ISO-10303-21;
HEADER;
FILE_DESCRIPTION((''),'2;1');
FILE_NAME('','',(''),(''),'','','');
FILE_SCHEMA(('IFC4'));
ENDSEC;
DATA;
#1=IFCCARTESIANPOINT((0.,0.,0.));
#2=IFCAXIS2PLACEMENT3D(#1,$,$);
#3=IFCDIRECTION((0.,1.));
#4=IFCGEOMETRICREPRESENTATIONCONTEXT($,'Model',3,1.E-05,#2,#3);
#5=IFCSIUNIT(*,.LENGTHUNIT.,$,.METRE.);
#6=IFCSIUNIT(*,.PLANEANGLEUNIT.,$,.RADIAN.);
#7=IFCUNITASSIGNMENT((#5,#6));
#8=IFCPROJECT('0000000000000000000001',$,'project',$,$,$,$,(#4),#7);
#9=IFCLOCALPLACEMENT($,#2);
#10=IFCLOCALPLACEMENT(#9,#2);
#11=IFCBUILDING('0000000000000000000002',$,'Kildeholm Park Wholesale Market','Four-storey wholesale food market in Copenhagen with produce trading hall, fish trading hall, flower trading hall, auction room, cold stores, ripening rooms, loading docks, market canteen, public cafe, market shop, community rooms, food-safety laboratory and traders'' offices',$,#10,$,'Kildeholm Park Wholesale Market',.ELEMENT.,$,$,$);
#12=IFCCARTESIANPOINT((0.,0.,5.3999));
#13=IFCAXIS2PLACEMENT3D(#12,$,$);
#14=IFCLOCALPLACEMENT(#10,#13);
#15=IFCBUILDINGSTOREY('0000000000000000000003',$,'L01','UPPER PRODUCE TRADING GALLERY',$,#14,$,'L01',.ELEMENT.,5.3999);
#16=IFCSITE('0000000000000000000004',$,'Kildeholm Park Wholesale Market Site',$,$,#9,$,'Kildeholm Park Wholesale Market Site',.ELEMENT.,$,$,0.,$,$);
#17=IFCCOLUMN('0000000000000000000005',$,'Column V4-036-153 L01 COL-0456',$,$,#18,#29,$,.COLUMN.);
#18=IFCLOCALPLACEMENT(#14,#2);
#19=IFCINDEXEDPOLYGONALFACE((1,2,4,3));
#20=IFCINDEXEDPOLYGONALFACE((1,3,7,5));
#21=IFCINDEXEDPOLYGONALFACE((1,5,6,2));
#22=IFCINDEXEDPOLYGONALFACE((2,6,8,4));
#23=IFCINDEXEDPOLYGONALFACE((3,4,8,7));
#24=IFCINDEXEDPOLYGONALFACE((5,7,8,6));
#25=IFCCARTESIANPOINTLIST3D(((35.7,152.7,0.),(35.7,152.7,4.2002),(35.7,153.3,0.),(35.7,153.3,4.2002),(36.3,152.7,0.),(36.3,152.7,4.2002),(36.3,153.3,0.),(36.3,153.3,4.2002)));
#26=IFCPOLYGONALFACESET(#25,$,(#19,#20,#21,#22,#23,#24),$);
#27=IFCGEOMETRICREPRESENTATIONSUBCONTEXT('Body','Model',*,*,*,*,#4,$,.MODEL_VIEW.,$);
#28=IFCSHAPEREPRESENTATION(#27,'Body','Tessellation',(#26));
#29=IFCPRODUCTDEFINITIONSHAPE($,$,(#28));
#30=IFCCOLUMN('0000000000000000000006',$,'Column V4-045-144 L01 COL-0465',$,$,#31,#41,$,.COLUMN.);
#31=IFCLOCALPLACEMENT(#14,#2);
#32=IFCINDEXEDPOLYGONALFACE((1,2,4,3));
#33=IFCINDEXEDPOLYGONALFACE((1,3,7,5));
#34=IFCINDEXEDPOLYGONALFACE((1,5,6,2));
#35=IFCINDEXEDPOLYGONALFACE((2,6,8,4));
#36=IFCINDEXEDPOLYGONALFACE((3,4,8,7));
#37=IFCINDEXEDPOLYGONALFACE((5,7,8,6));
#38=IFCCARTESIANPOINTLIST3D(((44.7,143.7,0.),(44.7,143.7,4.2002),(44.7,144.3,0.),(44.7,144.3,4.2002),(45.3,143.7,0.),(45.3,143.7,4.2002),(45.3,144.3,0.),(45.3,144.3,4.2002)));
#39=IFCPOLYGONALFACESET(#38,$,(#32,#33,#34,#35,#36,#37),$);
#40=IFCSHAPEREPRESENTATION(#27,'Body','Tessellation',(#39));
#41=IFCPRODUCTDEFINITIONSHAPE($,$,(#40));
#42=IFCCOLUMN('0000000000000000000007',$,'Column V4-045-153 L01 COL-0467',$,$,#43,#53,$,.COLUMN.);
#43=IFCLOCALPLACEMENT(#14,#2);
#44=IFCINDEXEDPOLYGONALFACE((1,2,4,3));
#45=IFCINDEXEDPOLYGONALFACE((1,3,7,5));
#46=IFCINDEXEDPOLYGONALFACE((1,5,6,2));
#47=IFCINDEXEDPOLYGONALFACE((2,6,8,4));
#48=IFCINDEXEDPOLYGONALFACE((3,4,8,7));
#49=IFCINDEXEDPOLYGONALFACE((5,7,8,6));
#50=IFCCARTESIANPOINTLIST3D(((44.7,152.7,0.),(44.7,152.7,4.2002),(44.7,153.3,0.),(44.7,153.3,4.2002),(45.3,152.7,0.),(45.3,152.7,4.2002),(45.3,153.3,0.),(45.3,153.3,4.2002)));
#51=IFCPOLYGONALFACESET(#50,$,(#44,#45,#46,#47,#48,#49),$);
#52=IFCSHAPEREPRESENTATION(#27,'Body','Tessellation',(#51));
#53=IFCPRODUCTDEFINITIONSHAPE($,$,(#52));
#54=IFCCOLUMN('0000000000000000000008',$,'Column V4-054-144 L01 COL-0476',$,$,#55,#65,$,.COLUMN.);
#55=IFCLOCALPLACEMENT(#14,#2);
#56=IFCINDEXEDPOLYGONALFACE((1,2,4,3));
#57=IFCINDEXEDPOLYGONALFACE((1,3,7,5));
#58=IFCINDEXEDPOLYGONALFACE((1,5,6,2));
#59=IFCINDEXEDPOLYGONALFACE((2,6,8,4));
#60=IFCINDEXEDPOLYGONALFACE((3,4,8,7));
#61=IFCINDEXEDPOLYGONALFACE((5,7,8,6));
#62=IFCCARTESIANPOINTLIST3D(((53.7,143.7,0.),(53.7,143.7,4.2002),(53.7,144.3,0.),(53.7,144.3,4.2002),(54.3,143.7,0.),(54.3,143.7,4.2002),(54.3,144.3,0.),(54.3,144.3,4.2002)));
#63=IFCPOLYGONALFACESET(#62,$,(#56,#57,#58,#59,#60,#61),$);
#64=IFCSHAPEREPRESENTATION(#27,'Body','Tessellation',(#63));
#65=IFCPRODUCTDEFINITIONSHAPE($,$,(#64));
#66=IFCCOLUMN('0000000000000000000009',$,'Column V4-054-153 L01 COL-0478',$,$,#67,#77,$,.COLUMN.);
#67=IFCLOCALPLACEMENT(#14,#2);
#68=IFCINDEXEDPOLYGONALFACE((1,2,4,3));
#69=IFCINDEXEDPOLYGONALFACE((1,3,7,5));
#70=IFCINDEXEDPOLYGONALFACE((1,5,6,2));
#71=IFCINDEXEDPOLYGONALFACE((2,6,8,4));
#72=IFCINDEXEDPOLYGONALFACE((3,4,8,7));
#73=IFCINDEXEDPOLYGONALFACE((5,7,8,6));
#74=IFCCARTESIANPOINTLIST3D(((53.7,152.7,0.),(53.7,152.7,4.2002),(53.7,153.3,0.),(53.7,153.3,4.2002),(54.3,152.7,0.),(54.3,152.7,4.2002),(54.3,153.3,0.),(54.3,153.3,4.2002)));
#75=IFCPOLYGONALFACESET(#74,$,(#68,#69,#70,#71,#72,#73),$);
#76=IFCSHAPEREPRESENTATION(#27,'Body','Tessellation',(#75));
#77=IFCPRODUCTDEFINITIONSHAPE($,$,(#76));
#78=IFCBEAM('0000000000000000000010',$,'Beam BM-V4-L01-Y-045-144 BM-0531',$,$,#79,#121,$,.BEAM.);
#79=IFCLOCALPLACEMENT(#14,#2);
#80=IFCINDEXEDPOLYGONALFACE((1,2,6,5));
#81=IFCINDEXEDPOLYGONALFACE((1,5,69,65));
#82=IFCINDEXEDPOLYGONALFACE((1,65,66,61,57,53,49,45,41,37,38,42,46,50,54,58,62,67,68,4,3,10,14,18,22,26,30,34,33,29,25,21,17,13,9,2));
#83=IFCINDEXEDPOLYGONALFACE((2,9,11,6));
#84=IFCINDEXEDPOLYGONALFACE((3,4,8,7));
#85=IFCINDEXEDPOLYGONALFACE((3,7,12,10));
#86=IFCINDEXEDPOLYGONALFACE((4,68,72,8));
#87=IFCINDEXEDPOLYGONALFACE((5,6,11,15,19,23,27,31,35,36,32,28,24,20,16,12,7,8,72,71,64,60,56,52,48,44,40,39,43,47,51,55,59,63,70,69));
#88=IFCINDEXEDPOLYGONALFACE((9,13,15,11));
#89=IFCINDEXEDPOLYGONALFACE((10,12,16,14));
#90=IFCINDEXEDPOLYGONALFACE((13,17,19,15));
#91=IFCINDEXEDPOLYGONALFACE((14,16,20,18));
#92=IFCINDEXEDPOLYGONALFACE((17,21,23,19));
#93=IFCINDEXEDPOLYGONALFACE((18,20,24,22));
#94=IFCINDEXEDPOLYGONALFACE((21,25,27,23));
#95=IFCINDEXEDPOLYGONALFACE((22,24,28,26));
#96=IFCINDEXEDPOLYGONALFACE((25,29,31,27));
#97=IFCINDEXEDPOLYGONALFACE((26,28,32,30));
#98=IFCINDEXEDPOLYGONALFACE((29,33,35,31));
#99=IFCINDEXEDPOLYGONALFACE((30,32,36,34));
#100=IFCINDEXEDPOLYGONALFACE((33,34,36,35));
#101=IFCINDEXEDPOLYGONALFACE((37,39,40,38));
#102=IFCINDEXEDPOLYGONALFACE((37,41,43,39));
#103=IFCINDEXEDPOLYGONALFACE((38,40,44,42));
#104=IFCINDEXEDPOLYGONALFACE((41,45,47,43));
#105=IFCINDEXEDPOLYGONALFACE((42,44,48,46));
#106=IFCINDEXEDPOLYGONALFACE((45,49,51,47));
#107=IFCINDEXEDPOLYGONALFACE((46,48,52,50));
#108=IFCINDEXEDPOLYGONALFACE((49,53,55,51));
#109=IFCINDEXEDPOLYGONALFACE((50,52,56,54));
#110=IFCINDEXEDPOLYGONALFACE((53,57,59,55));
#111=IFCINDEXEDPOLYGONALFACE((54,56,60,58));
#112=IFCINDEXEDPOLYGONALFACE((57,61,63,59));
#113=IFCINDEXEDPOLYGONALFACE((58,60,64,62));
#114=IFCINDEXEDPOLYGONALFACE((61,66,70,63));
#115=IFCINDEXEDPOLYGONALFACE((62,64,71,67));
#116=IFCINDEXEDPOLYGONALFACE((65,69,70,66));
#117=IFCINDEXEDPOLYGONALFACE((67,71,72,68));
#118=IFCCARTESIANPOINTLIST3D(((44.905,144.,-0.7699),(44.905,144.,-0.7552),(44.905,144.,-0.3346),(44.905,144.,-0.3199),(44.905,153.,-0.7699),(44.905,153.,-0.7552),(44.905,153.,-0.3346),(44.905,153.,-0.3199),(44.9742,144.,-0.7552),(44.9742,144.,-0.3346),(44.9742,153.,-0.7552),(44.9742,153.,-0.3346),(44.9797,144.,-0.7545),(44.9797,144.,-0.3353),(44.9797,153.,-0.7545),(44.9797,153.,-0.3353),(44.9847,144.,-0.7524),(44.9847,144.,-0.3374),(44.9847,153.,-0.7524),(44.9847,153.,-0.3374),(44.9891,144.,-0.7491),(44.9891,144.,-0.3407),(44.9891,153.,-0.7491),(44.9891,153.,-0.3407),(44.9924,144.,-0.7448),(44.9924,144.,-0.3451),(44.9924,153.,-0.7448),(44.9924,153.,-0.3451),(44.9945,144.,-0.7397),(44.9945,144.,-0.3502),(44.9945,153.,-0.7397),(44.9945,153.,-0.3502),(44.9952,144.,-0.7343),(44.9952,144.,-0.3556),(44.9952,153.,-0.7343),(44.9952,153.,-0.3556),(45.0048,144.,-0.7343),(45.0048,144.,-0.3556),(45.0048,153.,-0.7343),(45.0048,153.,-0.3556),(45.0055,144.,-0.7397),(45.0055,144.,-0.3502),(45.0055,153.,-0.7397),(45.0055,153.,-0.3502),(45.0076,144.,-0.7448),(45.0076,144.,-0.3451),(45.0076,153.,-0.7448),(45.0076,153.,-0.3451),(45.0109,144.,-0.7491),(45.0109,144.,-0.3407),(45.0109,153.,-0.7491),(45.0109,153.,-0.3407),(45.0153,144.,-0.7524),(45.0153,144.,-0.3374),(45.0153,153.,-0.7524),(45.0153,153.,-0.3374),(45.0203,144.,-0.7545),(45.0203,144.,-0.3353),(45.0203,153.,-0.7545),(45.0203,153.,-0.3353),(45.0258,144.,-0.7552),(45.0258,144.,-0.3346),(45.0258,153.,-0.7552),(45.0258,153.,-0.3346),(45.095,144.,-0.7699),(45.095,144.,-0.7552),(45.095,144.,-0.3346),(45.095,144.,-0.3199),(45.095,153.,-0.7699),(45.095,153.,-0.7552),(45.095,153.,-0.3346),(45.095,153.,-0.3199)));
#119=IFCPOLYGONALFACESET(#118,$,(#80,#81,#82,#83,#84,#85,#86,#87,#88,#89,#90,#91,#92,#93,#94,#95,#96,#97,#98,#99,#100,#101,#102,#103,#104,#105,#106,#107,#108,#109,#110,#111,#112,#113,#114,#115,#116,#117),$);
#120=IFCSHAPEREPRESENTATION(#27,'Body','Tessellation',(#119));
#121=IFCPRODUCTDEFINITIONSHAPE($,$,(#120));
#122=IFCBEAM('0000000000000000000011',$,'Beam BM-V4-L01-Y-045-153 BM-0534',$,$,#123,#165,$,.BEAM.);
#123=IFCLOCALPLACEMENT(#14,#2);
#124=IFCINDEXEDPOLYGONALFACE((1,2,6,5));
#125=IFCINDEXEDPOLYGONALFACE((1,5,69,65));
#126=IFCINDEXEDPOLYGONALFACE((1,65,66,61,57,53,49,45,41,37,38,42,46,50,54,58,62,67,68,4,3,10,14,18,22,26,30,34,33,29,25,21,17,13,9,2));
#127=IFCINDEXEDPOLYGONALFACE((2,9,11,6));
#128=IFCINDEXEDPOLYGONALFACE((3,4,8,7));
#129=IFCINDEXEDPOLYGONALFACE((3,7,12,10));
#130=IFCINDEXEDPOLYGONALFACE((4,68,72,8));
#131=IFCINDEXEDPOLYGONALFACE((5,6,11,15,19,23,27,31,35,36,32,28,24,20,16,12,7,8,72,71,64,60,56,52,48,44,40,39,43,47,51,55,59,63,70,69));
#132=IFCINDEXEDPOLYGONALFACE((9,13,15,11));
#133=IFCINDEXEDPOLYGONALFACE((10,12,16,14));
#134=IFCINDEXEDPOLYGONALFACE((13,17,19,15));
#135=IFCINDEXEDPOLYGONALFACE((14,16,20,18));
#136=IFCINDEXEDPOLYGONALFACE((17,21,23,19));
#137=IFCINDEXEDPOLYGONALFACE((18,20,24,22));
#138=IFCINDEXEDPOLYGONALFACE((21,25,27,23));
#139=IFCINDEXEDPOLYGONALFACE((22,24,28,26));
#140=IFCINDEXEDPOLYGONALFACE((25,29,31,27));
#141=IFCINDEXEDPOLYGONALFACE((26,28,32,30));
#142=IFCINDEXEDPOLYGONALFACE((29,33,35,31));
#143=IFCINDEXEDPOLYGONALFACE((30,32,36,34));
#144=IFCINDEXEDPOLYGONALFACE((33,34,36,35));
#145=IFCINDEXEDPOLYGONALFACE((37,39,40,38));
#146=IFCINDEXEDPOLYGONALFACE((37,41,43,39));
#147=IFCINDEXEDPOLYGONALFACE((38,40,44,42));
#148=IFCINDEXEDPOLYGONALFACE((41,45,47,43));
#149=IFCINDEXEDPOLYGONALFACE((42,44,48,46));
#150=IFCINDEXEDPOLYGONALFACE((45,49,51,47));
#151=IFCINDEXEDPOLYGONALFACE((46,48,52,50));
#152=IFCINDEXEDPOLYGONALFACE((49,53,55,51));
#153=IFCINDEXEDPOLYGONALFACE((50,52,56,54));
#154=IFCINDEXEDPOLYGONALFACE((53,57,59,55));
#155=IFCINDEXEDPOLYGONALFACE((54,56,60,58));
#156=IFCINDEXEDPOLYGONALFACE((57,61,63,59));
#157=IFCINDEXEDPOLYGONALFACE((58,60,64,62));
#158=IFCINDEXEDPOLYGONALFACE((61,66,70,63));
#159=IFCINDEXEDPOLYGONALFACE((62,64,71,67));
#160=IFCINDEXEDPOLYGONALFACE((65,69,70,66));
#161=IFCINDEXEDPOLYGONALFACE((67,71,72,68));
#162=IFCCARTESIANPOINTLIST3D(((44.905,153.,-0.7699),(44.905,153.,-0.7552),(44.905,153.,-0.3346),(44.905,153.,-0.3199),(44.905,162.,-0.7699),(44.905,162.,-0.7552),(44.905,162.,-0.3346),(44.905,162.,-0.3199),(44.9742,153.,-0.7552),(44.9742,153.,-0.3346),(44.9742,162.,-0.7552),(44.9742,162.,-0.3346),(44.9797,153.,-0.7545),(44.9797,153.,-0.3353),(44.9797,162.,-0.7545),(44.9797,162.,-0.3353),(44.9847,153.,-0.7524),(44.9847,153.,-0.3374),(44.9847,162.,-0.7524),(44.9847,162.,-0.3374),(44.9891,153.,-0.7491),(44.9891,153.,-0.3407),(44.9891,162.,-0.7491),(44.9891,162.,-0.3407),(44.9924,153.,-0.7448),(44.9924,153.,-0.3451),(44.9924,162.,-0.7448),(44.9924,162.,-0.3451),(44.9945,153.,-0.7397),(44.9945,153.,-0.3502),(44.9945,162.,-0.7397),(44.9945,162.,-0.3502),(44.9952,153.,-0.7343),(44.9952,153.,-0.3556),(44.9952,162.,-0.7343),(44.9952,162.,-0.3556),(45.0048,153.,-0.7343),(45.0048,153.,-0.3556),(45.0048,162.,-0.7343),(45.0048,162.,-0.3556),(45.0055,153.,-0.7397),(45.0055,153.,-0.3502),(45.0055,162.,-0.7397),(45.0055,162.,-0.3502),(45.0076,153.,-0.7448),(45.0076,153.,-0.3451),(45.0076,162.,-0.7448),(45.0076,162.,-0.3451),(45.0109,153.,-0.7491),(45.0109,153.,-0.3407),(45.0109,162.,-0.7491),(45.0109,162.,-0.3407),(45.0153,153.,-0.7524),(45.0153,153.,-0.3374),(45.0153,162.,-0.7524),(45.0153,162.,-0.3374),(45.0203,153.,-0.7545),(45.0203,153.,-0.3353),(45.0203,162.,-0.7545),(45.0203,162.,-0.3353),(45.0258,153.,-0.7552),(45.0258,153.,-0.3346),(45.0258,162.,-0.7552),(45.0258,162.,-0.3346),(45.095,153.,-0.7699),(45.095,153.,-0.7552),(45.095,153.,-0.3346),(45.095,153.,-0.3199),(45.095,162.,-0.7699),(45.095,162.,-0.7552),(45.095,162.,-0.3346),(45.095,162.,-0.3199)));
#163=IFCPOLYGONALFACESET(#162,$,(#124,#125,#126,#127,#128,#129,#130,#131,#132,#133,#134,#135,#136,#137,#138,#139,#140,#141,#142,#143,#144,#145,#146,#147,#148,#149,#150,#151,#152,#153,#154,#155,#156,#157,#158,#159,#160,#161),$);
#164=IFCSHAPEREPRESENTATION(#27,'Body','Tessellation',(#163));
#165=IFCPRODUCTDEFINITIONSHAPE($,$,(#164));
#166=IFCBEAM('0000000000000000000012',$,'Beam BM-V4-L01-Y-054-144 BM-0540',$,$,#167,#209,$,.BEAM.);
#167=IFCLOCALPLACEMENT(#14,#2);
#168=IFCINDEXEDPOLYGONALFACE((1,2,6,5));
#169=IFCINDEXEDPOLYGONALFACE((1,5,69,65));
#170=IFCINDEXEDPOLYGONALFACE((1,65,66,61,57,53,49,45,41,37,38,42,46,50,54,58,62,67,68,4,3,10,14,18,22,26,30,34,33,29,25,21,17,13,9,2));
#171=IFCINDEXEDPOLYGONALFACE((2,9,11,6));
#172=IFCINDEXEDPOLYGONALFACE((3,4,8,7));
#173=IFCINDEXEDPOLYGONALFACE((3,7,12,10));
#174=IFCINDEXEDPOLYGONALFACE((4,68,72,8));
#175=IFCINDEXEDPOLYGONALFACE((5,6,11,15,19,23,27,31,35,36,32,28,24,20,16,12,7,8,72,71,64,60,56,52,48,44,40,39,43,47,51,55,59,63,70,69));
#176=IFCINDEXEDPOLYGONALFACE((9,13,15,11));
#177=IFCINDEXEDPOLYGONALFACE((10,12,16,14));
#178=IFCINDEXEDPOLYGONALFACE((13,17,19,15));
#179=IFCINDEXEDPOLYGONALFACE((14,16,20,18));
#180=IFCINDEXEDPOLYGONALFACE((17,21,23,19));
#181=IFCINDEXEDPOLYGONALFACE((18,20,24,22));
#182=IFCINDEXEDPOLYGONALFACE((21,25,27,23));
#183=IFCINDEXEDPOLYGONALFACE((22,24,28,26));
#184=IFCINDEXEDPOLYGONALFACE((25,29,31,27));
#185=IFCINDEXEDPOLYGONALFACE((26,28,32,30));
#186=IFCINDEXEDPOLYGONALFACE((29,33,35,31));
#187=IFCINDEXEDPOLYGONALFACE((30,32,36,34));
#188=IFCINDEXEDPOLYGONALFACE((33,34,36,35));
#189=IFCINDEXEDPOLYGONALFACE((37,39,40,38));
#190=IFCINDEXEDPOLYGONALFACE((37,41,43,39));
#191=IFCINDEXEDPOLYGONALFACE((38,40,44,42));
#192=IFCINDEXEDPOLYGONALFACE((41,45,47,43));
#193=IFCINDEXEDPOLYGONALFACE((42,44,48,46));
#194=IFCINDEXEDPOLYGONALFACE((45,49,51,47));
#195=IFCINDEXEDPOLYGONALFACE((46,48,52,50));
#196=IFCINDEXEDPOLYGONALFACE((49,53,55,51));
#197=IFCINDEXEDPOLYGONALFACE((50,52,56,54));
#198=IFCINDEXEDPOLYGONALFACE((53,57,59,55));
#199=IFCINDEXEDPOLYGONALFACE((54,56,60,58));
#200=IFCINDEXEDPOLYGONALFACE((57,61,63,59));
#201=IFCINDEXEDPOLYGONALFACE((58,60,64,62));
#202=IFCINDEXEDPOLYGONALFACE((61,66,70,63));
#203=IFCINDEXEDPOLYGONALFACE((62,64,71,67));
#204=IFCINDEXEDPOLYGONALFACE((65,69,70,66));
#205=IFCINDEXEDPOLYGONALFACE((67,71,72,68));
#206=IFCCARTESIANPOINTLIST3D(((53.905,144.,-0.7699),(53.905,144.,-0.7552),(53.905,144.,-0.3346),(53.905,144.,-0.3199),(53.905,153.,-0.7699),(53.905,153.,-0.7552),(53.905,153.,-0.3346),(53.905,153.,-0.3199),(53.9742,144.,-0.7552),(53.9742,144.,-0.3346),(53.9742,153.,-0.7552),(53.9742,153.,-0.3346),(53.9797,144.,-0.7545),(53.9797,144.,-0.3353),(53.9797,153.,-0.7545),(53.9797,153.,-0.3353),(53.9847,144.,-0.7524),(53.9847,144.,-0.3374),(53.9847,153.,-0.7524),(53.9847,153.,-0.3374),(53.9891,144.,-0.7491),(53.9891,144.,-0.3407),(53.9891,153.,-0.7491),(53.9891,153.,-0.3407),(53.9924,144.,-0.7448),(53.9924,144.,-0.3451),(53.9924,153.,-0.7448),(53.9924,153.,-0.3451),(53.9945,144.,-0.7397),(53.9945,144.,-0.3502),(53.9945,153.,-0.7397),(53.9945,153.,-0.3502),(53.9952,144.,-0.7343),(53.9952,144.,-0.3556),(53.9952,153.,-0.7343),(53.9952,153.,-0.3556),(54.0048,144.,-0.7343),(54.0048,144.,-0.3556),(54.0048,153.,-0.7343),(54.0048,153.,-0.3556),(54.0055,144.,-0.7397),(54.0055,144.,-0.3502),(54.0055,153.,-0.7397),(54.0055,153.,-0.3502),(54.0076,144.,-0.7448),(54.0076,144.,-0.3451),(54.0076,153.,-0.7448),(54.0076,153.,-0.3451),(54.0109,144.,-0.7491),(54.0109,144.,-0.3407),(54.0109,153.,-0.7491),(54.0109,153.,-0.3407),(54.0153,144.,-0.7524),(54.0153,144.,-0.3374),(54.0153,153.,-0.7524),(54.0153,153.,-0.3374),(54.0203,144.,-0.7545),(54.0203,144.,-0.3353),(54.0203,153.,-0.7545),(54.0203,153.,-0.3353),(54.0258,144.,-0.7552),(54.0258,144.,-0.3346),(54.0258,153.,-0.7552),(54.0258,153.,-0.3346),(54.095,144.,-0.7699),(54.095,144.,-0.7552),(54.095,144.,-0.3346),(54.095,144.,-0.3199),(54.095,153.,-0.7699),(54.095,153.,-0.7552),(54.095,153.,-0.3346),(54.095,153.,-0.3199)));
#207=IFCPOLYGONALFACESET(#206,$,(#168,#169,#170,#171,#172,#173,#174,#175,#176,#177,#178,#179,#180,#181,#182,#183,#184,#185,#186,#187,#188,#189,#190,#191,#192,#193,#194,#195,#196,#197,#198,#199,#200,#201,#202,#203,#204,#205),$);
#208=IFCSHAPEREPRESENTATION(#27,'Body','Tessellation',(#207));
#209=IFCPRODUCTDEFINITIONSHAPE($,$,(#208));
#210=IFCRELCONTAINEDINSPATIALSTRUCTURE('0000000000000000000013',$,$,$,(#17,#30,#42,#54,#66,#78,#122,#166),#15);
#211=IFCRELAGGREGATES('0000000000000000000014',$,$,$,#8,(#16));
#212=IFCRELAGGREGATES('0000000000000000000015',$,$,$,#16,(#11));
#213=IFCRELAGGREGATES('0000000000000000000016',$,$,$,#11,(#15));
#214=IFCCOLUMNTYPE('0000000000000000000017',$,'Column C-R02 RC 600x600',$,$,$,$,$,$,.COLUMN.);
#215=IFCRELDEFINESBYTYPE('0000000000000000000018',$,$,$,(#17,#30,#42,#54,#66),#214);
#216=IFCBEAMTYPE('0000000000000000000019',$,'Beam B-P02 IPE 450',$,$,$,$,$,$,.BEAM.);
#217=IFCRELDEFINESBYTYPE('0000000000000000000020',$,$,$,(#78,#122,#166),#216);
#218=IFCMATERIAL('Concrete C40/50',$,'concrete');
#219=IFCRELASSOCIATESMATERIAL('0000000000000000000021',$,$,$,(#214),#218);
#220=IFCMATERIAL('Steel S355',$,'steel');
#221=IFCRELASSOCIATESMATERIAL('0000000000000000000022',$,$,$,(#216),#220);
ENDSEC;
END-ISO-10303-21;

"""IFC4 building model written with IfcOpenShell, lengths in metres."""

from ifc_helpers import new_model, si_unit, direction, frame, origin, origin_2d, place, context, subcontext, project, spatial, rectangle, i_section, extrude, material, material_profile, profile_set, type_object, element, save


model = new_model("IFC4")

# Units and contexts
model_context = context("Model", 3, precision=1e-05, world=origin(), true_north=direction((0.0, 1.0)))
body_context = subcontext(model_context, "Body", "Model", "MODEL_VIEW")
ifc_project = project(units=[si_unit("LENGTHUNIT", "METRE"), si_unit("PLANEANGLEUNIT", "RADIAN")], contexts=[model_context])

# Site, building, storey
site_placement = place(None, origin())
site = spatial("IfcSite", under=ifc_project, at=site_placement, Name="Kildeholm Park Wholesale Market Site", LongName="Kildeholm Park Wholesale Market Site", CompositionType="ELEMENT", RefElevation=0.0)
building_placement = place(site_placement, origin())
building = spatial("IfcBuilding", under=site, at=building_placement, Name="Kildeholm Park Wholesale Market", Description="Four-storey wholesale food market in Copenhagen with produce trading hall, fish trading hall, flower trading hall, auction room, cold stores, ripening rooms, loading docks, market canteen, public cafe, market shop, community rooms, food-safety laboratory and traders' offices", LongName="Kildeholm Park Wholesale Market", CompositionType="ELEMENT")
storey_placement = place(building_placement, frame((0.0, 0.0, 5.3999)))
storey = spatial("IfcBuildingStorey", under=building, at=storey_placement, Name="L01", Description="UPPER PRODUCE TRADING GALLERY", LongName="L01", CompositionType="ELEMENT", Elevation=5.3999)

# Columns
ifc_material_1 = material(Name="Concrete C40/50", Category="concrete")
ifc_material_profile_1 = material_profile(ifc_material_1, rectangle(XDim=0.6001, YDim=0.6001, at=origin_2d()), Name="RC 600x600")
ifc_profile_set_1 = profile_set([ifc_material_profile_1], Name="Concrete C40/50")
column_type = type_object("IfcColumnType", Name="Column C-R02 RC 600x600", PredefinedType="COLUMN", material=ifc_profile_set_1)
for number, where, z_axis, x_axis, name in (
    (1, (36.0, 153.0, 0.0), (0.0, 0.0, 1.0), (1.0, 0.0, 0.0), "Column V4-036-153 L01 COL-0456"),
    (2, (45.0, 144.0, 0.0), (0.0, 0.0, 1.0), (1.0, 0.0, 0.0), "Column V4-045-144 L01 COL-0465"),
    (3, (45.0, 153.0, 0.0), (0.0, 0.0, 1.0), (1.0, 0.0, 0.0), "Column V4-045-153 L01 COL-0467"),
    (4, (54.0, 144.0, 0.0), (0.0, 0.0, 1.0), (1.0, 0.0, 0.0), "Column V4-054-144 L01 COL-0476"),
    (5, (54.0, 153.0, 0.0), (0.0, 0.0, 1.0), (1.0, 0.0, 0.0), "Column V4-054-153 L01 COL-0478"),
):
    element("IfcColumn", number, at=place(storey_placement, frame(where, z_axis=z_axis, x_axis=x_axis)), inside=storey, type_object=column_type, Name=name, PredefinedType="COLUMN", context=body_context, shape_type="SweptSolid", body=[
        extrude(rectangle(XDim=0.6001, YDim=0.6001, at=origin_2d()), origin(), (0.0, 0.0, 1.0), 4.2002),
    ])

# Beams
ifc_material_2 = material(Name="Steel S355", Category="steel")
ifc_material_profile_2 = material_profile(ifc_material_2, i_section(OverallWidth=0.1899, OverallDepth=0.45, WebThickness=0.0095, FlangeThickness=0.0146, FilletRadius=0.021, at=origin_2d()), Name="IPE 450")
ifc_profile_set_2 = profile_set([ifc_material_profile_2], Name="Steel S355")
beam_type_1 = type_object("IfcBeamType", Name="Beam B-P02 IPE 450", PredefinedType="BEAM", material=ifc_profile_set_2)
for number, where, z_axis, x_axis, name in (
    (6, (45.0, 144.0, -0.5449), (0.0, 1.0, 0.0), (-1.0, 0.0, 0.0), "Beam BM-V4-L01-Y-045-144 BM-0531"),
    (7, (45.0, 153.0, -0.5449), (0.0, 1.0, 0.0), (-1.0, 0.0, 0.0), "Beam BM-V4-L01-Y-045-153 BM-0534"),
    (8, (54.0, 144.0, -0.5449), (0.0, 1.0, 0.0), (-1.0, 0.0, 0.0), "Beam BM-V4-L01-Y-054-144 BM-0540"),
):
    element("IfcBeam", number, at=place(storey_placement, frame(where, z_axis=z_axis, x_axis=x_axis)), inside=storey, type_object=beam_type_1, Name=name, PredefinedType="BEAM", context=body_context, shape_type="SweptSolid", body=[
        extrude(i_section(OverallWidth=0.1899, OverallDepth=0.45, WebThickness=0.0095, FlangeThickness=0.0146, FilletRadius=0.021, at=origin_2d()), origin(), (0.0, 0.0, 1.0), 9.0),
    ])

save(model, "model.ifc")
